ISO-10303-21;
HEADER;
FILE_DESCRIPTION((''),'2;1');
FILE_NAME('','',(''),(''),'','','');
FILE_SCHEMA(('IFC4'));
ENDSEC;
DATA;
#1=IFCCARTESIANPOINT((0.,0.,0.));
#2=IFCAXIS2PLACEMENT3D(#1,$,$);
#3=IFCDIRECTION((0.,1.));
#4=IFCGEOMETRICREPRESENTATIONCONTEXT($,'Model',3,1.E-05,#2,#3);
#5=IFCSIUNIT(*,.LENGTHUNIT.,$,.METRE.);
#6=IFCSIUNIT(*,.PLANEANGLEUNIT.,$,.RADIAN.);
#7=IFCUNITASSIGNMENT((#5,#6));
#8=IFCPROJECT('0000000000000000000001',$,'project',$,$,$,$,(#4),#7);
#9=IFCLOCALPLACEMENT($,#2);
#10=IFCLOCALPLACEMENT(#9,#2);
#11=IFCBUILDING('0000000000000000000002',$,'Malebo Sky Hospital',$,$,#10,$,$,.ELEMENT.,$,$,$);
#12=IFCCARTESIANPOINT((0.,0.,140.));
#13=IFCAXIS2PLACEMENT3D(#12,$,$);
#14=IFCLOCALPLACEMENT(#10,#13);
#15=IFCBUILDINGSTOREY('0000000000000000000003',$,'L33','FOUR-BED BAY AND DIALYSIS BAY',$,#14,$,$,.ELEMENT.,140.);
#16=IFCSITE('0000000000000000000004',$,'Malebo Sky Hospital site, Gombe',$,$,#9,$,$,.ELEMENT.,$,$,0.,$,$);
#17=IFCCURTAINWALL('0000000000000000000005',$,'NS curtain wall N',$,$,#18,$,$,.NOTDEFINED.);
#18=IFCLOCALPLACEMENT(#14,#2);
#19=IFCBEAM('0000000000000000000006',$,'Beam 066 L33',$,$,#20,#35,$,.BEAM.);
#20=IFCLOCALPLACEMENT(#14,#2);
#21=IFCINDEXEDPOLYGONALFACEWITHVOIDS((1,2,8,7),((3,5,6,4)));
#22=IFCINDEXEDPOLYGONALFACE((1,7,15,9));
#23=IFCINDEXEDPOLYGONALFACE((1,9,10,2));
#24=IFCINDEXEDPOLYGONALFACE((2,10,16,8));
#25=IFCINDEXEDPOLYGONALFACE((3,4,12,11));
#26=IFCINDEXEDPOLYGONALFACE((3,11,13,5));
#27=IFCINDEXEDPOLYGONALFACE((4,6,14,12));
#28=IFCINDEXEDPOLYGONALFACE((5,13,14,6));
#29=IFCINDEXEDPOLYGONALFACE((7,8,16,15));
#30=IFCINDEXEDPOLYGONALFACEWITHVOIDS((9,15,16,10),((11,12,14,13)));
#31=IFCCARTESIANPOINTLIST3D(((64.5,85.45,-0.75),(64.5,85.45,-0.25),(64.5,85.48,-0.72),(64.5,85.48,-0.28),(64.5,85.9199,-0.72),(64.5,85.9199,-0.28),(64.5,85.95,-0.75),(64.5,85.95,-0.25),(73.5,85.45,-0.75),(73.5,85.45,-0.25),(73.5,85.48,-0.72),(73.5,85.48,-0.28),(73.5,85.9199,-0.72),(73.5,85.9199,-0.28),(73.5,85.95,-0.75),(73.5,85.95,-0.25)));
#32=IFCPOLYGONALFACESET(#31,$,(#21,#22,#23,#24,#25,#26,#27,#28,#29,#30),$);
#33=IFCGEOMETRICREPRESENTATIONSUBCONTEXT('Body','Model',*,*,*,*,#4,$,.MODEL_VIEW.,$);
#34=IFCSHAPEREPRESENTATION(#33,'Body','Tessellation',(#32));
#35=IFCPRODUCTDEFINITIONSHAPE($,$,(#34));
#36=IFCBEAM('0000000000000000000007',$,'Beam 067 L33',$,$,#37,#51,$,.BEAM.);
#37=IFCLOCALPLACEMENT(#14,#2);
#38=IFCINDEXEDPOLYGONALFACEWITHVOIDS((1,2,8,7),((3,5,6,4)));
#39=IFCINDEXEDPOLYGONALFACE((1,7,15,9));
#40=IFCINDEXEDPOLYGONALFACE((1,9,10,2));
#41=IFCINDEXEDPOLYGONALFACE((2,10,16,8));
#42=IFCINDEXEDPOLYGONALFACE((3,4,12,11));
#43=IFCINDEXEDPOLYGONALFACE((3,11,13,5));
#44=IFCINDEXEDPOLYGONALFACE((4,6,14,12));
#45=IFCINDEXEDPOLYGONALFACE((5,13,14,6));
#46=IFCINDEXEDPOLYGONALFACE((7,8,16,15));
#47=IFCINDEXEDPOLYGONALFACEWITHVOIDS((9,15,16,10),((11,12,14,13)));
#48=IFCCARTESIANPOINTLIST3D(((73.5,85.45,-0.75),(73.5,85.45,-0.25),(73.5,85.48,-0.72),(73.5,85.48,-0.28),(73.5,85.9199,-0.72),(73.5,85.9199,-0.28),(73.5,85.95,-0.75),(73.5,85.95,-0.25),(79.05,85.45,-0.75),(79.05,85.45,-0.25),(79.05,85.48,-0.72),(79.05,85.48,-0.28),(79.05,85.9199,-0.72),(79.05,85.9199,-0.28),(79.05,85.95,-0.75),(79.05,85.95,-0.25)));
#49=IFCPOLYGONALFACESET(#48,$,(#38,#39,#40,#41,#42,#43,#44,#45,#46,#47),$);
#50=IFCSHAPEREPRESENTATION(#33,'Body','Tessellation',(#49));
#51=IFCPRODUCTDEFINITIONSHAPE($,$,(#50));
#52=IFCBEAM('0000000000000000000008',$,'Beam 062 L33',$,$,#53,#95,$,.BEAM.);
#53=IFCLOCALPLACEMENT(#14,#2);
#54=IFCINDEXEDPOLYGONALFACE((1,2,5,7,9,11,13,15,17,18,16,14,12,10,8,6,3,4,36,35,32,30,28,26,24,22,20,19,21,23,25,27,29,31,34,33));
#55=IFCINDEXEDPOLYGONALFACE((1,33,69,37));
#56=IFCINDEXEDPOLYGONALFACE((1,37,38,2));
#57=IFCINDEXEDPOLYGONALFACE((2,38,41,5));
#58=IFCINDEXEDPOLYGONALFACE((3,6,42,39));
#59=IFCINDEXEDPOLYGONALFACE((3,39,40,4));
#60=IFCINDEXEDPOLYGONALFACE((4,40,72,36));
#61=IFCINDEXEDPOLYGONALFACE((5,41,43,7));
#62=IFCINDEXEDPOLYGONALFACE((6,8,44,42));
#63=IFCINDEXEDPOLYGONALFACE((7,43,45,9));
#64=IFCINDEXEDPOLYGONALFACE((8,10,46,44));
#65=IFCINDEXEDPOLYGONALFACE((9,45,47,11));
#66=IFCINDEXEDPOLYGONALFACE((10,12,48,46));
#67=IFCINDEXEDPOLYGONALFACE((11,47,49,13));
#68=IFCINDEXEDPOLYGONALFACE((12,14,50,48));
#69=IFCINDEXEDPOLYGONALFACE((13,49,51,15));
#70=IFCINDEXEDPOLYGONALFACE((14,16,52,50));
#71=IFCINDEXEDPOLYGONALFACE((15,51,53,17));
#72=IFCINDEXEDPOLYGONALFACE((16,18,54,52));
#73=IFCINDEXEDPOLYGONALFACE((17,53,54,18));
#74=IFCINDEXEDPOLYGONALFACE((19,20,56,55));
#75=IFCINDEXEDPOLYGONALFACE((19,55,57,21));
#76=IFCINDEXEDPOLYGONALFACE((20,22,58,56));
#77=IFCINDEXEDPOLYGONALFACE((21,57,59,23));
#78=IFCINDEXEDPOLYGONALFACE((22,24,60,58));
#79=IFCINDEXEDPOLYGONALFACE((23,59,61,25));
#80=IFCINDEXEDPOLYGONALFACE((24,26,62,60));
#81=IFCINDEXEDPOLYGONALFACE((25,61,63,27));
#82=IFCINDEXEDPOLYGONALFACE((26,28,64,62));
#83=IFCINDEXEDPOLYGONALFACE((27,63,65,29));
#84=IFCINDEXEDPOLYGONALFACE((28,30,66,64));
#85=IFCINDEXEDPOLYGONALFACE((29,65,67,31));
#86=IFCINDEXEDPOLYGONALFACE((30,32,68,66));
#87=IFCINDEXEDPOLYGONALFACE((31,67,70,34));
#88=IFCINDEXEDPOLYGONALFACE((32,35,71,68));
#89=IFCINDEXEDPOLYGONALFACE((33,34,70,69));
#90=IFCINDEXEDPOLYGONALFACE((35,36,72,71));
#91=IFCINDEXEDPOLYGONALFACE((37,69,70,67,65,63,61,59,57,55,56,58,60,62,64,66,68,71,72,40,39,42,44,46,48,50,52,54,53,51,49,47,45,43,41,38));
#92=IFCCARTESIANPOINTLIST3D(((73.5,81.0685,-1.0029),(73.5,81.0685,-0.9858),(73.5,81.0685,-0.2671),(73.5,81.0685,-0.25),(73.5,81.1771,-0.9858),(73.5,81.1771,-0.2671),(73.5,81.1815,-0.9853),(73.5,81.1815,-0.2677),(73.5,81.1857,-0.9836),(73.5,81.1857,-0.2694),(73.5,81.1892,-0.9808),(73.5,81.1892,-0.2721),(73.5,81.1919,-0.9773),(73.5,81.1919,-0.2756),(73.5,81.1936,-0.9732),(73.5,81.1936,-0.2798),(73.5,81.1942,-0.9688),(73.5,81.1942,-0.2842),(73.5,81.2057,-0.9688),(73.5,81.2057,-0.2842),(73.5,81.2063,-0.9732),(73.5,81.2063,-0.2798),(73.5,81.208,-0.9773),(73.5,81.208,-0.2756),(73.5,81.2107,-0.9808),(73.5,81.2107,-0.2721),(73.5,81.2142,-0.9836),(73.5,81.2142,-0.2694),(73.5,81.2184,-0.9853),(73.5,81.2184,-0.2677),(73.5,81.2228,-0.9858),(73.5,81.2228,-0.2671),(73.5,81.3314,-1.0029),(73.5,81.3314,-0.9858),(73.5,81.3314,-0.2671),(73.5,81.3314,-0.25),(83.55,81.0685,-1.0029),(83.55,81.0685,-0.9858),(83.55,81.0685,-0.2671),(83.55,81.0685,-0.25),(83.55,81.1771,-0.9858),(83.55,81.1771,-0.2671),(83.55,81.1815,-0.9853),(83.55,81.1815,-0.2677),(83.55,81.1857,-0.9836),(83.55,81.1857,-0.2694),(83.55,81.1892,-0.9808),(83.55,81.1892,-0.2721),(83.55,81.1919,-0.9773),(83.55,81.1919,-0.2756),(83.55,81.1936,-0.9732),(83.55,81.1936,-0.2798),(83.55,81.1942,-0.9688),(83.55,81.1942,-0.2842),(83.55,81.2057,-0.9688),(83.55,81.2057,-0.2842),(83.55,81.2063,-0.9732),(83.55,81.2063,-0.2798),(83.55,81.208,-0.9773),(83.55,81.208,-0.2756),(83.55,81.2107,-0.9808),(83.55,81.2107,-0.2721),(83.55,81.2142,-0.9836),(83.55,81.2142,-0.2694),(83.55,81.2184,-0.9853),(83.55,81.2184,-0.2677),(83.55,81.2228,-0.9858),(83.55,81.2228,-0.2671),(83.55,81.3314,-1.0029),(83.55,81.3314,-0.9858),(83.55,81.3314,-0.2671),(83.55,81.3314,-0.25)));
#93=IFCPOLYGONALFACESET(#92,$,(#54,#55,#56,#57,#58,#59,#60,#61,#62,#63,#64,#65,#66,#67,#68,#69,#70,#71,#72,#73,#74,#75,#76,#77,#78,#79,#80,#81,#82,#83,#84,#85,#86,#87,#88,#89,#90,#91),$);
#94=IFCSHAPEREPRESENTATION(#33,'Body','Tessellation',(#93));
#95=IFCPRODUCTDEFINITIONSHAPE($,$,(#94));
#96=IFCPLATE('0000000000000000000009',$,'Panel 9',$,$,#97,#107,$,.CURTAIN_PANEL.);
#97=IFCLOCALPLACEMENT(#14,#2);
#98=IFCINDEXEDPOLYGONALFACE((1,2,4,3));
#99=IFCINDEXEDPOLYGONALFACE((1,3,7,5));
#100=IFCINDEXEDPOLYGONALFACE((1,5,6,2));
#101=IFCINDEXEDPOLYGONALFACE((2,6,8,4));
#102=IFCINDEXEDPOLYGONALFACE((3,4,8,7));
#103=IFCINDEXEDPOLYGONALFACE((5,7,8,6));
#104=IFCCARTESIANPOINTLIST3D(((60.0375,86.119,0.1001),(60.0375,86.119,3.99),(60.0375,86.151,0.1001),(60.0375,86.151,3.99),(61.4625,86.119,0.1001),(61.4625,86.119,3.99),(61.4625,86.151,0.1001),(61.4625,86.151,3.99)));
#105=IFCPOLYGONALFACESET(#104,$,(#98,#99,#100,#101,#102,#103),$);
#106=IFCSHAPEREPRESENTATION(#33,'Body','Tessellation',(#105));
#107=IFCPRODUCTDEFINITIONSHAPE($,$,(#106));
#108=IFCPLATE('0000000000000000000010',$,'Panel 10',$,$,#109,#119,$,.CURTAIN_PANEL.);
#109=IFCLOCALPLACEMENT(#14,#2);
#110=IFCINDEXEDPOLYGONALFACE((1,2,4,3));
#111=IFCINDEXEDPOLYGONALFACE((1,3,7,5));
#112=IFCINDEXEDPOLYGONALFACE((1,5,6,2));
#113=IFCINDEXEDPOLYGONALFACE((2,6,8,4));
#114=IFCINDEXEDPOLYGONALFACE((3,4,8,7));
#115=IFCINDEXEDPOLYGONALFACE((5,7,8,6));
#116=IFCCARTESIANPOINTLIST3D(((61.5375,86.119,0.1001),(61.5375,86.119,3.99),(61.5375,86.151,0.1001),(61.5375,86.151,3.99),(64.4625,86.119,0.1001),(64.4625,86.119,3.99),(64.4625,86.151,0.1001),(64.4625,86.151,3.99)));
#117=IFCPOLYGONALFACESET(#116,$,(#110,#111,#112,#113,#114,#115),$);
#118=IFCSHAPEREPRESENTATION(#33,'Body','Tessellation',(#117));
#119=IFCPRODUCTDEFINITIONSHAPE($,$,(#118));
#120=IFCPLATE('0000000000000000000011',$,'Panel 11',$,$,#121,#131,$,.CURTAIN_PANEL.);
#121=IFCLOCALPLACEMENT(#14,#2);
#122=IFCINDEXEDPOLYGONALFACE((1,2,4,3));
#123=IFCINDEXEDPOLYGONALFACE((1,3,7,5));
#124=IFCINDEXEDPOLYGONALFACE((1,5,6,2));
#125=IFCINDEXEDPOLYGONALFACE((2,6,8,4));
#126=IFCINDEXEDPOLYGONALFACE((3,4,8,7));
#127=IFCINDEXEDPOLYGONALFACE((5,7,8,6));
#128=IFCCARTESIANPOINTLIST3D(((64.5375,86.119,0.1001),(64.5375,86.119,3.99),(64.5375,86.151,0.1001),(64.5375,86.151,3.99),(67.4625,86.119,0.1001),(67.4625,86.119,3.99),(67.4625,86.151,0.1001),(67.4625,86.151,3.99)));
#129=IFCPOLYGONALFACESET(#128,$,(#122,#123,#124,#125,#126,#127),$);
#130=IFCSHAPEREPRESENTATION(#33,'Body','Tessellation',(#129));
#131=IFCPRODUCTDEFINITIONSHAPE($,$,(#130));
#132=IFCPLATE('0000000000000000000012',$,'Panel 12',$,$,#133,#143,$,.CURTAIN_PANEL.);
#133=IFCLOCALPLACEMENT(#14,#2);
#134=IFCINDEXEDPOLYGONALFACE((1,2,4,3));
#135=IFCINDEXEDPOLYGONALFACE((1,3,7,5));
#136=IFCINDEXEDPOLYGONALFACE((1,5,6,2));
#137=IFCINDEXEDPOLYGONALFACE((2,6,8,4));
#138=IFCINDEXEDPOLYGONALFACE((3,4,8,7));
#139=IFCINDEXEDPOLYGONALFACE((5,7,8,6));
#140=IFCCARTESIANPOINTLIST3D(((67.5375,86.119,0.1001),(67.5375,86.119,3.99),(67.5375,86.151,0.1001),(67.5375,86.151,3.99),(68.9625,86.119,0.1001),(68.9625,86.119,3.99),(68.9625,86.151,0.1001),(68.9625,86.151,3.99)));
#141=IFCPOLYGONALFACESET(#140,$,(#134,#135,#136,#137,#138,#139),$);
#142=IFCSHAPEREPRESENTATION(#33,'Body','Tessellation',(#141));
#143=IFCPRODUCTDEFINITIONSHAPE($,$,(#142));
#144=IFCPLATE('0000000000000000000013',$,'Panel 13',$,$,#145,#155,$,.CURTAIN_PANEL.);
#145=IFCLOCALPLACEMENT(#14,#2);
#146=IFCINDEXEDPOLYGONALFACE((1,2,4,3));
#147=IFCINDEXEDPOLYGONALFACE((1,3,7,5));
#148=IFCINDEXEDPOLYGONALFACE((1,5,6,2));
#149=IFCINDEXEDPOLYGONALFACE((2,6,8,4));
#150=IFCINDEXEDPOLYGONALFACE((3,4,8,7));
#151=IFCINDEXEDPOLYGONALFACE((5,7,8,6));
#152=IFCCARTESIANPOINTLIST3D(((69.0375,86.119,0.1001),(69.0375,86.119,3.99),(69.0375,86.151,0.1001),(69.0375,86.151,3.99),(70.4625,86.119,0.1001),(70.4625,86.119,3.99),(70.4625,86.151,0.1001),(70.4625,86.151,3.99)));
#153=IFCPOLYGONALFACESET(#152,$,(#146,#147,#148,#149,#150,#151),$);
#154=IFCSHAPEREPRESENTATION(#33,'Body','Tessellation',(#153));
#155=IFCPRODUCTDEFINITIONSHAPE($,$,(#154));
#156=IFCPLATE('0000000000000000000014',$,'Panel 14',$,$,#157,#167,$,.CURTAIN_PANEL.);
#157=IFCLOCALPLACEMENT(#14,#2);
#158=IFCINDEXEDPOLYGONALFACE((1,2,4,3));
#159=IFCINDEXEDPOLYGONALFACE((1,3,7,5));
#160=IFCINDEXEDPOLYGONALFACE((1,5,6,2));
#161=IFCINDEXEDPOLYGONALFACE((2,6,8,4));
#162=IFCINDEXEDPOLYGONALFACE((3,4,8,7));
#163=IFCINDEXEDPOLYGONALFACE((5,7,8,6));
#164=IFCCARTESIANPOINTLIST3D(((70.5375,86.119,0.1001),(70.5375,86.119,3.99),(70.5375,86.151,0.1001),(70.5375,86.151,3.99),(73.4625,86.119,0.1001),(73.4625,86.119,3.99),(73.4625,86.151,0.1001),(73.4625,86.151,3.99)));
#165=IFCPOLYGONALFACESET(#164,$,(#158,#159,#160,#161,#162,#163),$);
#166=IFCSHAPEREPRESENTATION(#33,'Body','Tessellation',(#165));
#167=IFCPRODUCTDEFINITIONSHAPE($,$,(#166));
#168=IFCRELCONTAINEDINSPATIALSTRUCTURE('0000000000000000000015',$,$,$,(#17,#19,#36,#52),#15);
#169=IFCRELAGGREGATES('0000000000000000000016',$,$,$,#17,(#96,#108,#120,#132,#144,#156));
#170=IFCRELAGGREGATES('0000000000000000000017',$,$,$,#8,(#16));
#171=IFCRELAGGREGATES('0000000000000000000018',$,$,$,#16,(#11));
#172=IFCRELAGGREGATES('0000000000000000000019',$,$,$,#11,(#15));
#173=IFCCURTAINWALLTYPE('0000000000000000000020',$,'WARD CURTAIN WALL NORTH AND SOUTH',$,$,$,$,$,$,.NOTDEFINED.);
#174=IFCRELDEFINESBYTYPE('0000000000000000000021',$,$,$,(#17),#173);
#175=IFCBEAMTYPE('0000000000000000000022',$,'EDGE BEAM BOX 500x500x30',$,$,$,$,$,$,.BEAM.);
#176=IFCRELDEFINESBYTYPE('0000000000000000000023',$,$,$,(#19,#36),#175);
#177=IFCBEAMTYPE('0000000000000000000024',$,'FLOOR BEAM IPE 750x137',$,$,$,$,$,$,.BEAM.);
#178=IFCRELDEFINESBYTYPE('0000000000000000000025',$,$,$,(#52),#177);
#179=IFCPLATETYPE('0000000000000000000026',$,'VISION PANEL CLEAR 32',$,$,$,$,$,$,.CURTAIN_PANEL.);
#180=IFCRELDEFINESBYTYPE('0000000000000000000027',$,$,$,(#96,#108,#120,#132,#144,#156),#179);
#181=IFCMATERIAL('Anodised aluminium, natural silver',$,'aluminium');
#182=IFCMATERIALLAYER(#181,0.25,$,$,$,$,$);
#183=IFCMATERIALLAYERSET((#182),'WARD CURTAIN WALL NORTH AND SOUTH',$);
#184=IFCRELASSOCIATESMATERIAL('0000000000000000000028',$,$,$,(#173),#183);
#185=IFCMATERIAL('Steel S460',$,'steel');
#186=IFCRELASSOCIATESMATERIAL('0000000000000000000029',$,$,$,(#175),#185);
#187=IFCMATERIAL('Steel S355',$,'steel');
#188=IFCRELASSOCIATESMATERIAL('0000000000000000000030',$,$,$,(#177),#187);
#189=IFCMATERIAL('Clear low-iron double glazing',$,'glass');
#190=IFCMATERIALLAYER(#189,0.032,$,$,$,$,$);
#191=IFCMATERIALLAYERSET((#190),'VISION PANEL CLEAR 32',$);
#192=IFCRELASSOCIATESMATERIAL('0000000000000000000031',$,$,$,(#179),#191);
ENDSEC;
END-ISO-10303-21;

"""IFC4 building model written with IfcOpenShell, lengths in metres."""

from ifc_helpers import new_model, si_unit, direction, frame, origin, origin_2d, place, context, subcontext, project, spatial, rectangle, hollow_rectangle, i_section, extrude, material, layer, layer_set, material_profile, profile_set, type_object, element, aggregate, save


model = new_model("IFC4")

# Units and contexts
model_context = context("Model", 3, precision=1e-05, world=origin(), true_north=direction((0.0, 1.0)))
body_context = subcontext(model_context, "Body", "Model", "MODEL_VIEW")
ifc_project = project(units=[si_unit("LENGTHUNIT", "METRE"), si_unit("PLANEANGLEUNIT", "RADIAN")], contexts=[model_context])

# Site, building, storey
site_placement = place(None, origin())
site = spatial("IfcSite", under=ifc_project, at=site_placement, Name="Malebo Sky Hospital site, Gombe", CompositionType="ELEMENT", RefElevation=0.0)
building_placement = place(site_placement, origin())
building = spatial("IfcBuilding", under=site, at=building_placement, Name="Malebo Sky Hospital", CompositionType="ELEMENT")
storey_placement = place(building_placement, frame((0.0, 0.0, 140.0)))
storey = spatial("IfcBuildingStorey", under=building, at=storey_placement, Name="L33", Description="FOUR-BED BAY AND DIALYSIS BAY", CompositionType="ELEMENT", Elevation=140.0)

# Shared definitions
ifc_material_1 = material(Name="Steel S460", Category="steel")

# Curtain wall
ifc_material_2 = material(Name="Anodised aluminium, natural silver", Category="aluminium")
ifc_layer_1 = layer(ifc_material_2, 0.25)
ifc_layer_set_1 = layer_set([ifc_layer_1], Name="WARD CURTAIN WALL NORTH AND SOUTH")
curtain_wall_type = type_object("IfcCurtainWallType", Name="WARD CURTAIN WALL NORTH AND SOUTH", PredefinedType="NOTDEFINED", material=ifc_layer_set_1)
curtain_wall_placement = place(storey_placement, origin())
curtain_wall = element("IfcCurtainWall", 1, at=curtain_wall_placement, inside=storey, type_object=curtain_wall_type, Name="NS curtain wall N", PredefinedType="NOTDEFINED")

# Beams
ifc_material_profile_1 = material_profile(ifc_material_1, hollow_rectangle(XDim=0.5, YDim=0.5, WallThickness=0.03, at=origin_2d()), Name="BOX 500x500x30")
ifc_profile_set_1 = profile_set([ifc_material_profile_1], Name="Steel S460")
beam_type_1 = type_object("IfcBeamType", Name="EDGE BEAM BOX 500x500x30", PredefinedType="BEAM", material=ifc_profile_set_1)
beam_1_placement = place(storey_placement, frame((64.5, 85.7, -0.5), z_axis=(1.0, 0.0, 0.0), x_axis=(0.0, 1.0, 0.0)))
element("IfcBeam", 2, at=beam_1_placement, inside=storey, type_object=beam_type_1, Name="Beam 066 L33", PredefinedType="BEAM", context=body_context, shape_type="SweptSolid", body=[
    extrude(hollow_rectangle(XDim=0.5, YDim=0.5, WallThickness=0.03, at=origin_2d()), origin(), (0.0, 0.0, 1.0), 9.0),
])
beam_2_placement = place(storey_placement, frame((73.5, 85.7, -0.5), z_axis=(1.0, 0.0, 0.0), x_axis=(0.0, 1.0, 0.0)))
element("IfcBeam", 3, at=beam_2_placement, inside=storey, type_object=beam_type_1, Name="Beam 067 L33", PredefinedType="BEAM", context=body_context, shape_type="SweptSolid", body=[
    extrude(hollow_rectangle(XDim=0.5, YDim=0.5, WallThickness=0.03, at=origin_2d()), origin(), (0.0, 0.0, 1.0), 5.55),
])
ifc_material_3 = material(Name="Steel S355", Category="steel")
ifc_material_profile_2 = material_profile(ifc_material_3, i_section(OverallWidth=0.2629, OverallDepth=0.7529, WebThickness=0.0115, FlangeThickness=0.0171, FilletRadius=0.0171, at=origin_2d()), Name="IPE 750x137")
ifc_profile_set_2 = profile_set([ifc_material_profile_2], Name="Steel S355")
beam_type_2 = type_object("IfcBeamType", Name="FLOOR BEAM IPE 750x137", PredefinedType="BEAM", material=ifc_profile_set_2)
beam_3_placement = place(storey_placement, frame((73.5, 81.2, -0.6265), z_axis=(1.0, 0.0, 0.0), x_axis=(0.0, 1.0, 0.0)))
element("IfcBeam", 4, at=beam_3_placement, inside=storey, type_object=beam_type_2, Name="Beam 062 L33", PredefinedType="BEAM", context=body_context, shape_type="SweptSolid", body=[
    extrude(i_section(OverallWidth=0.2629, OverallDepth=0.7529, WebThickness=0.0115, FlangeThickness=0.0171, FilletRadius=0.0171, at=origin_2d()), origin(), (0.0, 0.0, 1.0), 10.05),
])

# Plates
ifc_material_4 = material(Name="Clear low-iron double glazing", Category="glass")
ifc_layer_2 = layer(ifc_material_4, 0.032)
ifc_layer_set_2 = layer_set([ifc_layer_2], Name="VISION PANEL CLEAR 32")
plate_type = type_object("IfcPlateType", Name="VISION PANEL CLEAR 32", PredefinedType="CURTAIN_PANEL", material=ifc_layer_set_2)
plate_1_placement = place(storey_placement, frame((60.75, 86.135, 0.1001), z_axis=(0.0, 0.0, 1.0), x_axis=(1.0, 0.0, 0.0)))
plate_1 = element("IfcPlate", 5, at=plate_1_placement, type_object=plate_type, Name="Panel 9", PredefinedType="CURTAIN_PANEL", context=body_context, shape_type="SweptSolid", body=[
    extrude(rectangle(XDim=1.425, YDim=0.032, at=origin_2d()), origin(), (0.0, 0.0, 1.0), 3.8899),
])
plate_2_placement = place(storey_placement, frame((63.0, 86.135, 0.1001), z_axis=(0.0, 0.0, 1.0), x_axis=(1.0, 0.0, 0.0)))
plate_2 = element("IfcPlate", 6, at=plate_2_placement, type_object=plate_type, Name="Panel 10", PredefinedType="CURTAIN_PANEL", context=body_context, shape_type="SweptSolid", body=[
    extrude(rectangle(XDim=2.925, YDim=0.032, at=origin_2d()), origin(), (0.0, 0.0, 1.0), 3.8899),
])
plate_3_placement = place(storey_placement, frame((66.0, 86.135, 0.1001), z_axis=(0.0, 0.0, 1.0), x_axis=(1.0, 0.0, 0.0)))
plate_3 = element("IfcPlate", 7, at=plate_3_placement, type_object=plate_type, Name="Panel 11", PredefinedType="CURTAIN_PANEL", context=body_context, shape_type="SweptSolid", body=[
    extrude(rectangle(XDim=2.925, YDim=0.032, at=origin_2d()), origin(), (0.0, 0.0, 1.0), 3.8899),
])
plate_4_placement = place(storey_placement, frame((68.25, 86.135, 0.1001), z_axis=(0.0, 0.0, 1.0), x_axis=(1.0, 0.0, 0.0)))
plate_4 = element("IfcPlate", 8, at=plate_4_placement, type_object=plate_type, Name="Panel 12", PredefinedType="CURTAIN_PANEL", context=body_context, shape_type="SweptSolid", body=[
    extrude(rectangle(XDim=1.425, YDim=0.032, at=origin_2d()), origin(), (0.0, 0.0, 1.0), 3.8899),
])
plate_5_placement = place(storey_placement, frame((69.75, 86.135, 0.1001), z_axis=(0.0, 0.0, 1.0), x_axis=(1.0, 0.0, 0.0)))
plate_5 = element("IfcPlate", 9, at=plate_5_placement, type_object=plate_type, Name="Panel 13", PredefinedType="CURTAIN_PANEL", context=body_context, shape_type="SweptSolid", body=[
    extrude(rectangle(XDim=1.425, YDim=0.032, at=origin_2d()), origin(), (0.0, 0.0, 1.0), 3.8899),
])
plate_6_placement = place(storey_placement, frame((72.0, 86.135, 0.1001), z_axis=(0.0, 0.0, 1.0), x_axis=(1.0, 0.0, 0.0)))
plate_6 = element("IfcPlate", 10, at=plate_6_placement, type_object=plate_type, Name="Panel 14", PredefinedType="CURTAIN_PANEL", context=body_context, shape_type="SweptSolid", body=[
    extrude(rectangle(XDim=2.925, YDim=0.032, at=origin_2d()), origin(), (0.0, 0.0, 1.0), 3.8899),
])
aggregate(curtain_wall, [plate_1, plate_2, plate_3, plate_4, plate_5, plate_6])

save(model, "model.ifc")
